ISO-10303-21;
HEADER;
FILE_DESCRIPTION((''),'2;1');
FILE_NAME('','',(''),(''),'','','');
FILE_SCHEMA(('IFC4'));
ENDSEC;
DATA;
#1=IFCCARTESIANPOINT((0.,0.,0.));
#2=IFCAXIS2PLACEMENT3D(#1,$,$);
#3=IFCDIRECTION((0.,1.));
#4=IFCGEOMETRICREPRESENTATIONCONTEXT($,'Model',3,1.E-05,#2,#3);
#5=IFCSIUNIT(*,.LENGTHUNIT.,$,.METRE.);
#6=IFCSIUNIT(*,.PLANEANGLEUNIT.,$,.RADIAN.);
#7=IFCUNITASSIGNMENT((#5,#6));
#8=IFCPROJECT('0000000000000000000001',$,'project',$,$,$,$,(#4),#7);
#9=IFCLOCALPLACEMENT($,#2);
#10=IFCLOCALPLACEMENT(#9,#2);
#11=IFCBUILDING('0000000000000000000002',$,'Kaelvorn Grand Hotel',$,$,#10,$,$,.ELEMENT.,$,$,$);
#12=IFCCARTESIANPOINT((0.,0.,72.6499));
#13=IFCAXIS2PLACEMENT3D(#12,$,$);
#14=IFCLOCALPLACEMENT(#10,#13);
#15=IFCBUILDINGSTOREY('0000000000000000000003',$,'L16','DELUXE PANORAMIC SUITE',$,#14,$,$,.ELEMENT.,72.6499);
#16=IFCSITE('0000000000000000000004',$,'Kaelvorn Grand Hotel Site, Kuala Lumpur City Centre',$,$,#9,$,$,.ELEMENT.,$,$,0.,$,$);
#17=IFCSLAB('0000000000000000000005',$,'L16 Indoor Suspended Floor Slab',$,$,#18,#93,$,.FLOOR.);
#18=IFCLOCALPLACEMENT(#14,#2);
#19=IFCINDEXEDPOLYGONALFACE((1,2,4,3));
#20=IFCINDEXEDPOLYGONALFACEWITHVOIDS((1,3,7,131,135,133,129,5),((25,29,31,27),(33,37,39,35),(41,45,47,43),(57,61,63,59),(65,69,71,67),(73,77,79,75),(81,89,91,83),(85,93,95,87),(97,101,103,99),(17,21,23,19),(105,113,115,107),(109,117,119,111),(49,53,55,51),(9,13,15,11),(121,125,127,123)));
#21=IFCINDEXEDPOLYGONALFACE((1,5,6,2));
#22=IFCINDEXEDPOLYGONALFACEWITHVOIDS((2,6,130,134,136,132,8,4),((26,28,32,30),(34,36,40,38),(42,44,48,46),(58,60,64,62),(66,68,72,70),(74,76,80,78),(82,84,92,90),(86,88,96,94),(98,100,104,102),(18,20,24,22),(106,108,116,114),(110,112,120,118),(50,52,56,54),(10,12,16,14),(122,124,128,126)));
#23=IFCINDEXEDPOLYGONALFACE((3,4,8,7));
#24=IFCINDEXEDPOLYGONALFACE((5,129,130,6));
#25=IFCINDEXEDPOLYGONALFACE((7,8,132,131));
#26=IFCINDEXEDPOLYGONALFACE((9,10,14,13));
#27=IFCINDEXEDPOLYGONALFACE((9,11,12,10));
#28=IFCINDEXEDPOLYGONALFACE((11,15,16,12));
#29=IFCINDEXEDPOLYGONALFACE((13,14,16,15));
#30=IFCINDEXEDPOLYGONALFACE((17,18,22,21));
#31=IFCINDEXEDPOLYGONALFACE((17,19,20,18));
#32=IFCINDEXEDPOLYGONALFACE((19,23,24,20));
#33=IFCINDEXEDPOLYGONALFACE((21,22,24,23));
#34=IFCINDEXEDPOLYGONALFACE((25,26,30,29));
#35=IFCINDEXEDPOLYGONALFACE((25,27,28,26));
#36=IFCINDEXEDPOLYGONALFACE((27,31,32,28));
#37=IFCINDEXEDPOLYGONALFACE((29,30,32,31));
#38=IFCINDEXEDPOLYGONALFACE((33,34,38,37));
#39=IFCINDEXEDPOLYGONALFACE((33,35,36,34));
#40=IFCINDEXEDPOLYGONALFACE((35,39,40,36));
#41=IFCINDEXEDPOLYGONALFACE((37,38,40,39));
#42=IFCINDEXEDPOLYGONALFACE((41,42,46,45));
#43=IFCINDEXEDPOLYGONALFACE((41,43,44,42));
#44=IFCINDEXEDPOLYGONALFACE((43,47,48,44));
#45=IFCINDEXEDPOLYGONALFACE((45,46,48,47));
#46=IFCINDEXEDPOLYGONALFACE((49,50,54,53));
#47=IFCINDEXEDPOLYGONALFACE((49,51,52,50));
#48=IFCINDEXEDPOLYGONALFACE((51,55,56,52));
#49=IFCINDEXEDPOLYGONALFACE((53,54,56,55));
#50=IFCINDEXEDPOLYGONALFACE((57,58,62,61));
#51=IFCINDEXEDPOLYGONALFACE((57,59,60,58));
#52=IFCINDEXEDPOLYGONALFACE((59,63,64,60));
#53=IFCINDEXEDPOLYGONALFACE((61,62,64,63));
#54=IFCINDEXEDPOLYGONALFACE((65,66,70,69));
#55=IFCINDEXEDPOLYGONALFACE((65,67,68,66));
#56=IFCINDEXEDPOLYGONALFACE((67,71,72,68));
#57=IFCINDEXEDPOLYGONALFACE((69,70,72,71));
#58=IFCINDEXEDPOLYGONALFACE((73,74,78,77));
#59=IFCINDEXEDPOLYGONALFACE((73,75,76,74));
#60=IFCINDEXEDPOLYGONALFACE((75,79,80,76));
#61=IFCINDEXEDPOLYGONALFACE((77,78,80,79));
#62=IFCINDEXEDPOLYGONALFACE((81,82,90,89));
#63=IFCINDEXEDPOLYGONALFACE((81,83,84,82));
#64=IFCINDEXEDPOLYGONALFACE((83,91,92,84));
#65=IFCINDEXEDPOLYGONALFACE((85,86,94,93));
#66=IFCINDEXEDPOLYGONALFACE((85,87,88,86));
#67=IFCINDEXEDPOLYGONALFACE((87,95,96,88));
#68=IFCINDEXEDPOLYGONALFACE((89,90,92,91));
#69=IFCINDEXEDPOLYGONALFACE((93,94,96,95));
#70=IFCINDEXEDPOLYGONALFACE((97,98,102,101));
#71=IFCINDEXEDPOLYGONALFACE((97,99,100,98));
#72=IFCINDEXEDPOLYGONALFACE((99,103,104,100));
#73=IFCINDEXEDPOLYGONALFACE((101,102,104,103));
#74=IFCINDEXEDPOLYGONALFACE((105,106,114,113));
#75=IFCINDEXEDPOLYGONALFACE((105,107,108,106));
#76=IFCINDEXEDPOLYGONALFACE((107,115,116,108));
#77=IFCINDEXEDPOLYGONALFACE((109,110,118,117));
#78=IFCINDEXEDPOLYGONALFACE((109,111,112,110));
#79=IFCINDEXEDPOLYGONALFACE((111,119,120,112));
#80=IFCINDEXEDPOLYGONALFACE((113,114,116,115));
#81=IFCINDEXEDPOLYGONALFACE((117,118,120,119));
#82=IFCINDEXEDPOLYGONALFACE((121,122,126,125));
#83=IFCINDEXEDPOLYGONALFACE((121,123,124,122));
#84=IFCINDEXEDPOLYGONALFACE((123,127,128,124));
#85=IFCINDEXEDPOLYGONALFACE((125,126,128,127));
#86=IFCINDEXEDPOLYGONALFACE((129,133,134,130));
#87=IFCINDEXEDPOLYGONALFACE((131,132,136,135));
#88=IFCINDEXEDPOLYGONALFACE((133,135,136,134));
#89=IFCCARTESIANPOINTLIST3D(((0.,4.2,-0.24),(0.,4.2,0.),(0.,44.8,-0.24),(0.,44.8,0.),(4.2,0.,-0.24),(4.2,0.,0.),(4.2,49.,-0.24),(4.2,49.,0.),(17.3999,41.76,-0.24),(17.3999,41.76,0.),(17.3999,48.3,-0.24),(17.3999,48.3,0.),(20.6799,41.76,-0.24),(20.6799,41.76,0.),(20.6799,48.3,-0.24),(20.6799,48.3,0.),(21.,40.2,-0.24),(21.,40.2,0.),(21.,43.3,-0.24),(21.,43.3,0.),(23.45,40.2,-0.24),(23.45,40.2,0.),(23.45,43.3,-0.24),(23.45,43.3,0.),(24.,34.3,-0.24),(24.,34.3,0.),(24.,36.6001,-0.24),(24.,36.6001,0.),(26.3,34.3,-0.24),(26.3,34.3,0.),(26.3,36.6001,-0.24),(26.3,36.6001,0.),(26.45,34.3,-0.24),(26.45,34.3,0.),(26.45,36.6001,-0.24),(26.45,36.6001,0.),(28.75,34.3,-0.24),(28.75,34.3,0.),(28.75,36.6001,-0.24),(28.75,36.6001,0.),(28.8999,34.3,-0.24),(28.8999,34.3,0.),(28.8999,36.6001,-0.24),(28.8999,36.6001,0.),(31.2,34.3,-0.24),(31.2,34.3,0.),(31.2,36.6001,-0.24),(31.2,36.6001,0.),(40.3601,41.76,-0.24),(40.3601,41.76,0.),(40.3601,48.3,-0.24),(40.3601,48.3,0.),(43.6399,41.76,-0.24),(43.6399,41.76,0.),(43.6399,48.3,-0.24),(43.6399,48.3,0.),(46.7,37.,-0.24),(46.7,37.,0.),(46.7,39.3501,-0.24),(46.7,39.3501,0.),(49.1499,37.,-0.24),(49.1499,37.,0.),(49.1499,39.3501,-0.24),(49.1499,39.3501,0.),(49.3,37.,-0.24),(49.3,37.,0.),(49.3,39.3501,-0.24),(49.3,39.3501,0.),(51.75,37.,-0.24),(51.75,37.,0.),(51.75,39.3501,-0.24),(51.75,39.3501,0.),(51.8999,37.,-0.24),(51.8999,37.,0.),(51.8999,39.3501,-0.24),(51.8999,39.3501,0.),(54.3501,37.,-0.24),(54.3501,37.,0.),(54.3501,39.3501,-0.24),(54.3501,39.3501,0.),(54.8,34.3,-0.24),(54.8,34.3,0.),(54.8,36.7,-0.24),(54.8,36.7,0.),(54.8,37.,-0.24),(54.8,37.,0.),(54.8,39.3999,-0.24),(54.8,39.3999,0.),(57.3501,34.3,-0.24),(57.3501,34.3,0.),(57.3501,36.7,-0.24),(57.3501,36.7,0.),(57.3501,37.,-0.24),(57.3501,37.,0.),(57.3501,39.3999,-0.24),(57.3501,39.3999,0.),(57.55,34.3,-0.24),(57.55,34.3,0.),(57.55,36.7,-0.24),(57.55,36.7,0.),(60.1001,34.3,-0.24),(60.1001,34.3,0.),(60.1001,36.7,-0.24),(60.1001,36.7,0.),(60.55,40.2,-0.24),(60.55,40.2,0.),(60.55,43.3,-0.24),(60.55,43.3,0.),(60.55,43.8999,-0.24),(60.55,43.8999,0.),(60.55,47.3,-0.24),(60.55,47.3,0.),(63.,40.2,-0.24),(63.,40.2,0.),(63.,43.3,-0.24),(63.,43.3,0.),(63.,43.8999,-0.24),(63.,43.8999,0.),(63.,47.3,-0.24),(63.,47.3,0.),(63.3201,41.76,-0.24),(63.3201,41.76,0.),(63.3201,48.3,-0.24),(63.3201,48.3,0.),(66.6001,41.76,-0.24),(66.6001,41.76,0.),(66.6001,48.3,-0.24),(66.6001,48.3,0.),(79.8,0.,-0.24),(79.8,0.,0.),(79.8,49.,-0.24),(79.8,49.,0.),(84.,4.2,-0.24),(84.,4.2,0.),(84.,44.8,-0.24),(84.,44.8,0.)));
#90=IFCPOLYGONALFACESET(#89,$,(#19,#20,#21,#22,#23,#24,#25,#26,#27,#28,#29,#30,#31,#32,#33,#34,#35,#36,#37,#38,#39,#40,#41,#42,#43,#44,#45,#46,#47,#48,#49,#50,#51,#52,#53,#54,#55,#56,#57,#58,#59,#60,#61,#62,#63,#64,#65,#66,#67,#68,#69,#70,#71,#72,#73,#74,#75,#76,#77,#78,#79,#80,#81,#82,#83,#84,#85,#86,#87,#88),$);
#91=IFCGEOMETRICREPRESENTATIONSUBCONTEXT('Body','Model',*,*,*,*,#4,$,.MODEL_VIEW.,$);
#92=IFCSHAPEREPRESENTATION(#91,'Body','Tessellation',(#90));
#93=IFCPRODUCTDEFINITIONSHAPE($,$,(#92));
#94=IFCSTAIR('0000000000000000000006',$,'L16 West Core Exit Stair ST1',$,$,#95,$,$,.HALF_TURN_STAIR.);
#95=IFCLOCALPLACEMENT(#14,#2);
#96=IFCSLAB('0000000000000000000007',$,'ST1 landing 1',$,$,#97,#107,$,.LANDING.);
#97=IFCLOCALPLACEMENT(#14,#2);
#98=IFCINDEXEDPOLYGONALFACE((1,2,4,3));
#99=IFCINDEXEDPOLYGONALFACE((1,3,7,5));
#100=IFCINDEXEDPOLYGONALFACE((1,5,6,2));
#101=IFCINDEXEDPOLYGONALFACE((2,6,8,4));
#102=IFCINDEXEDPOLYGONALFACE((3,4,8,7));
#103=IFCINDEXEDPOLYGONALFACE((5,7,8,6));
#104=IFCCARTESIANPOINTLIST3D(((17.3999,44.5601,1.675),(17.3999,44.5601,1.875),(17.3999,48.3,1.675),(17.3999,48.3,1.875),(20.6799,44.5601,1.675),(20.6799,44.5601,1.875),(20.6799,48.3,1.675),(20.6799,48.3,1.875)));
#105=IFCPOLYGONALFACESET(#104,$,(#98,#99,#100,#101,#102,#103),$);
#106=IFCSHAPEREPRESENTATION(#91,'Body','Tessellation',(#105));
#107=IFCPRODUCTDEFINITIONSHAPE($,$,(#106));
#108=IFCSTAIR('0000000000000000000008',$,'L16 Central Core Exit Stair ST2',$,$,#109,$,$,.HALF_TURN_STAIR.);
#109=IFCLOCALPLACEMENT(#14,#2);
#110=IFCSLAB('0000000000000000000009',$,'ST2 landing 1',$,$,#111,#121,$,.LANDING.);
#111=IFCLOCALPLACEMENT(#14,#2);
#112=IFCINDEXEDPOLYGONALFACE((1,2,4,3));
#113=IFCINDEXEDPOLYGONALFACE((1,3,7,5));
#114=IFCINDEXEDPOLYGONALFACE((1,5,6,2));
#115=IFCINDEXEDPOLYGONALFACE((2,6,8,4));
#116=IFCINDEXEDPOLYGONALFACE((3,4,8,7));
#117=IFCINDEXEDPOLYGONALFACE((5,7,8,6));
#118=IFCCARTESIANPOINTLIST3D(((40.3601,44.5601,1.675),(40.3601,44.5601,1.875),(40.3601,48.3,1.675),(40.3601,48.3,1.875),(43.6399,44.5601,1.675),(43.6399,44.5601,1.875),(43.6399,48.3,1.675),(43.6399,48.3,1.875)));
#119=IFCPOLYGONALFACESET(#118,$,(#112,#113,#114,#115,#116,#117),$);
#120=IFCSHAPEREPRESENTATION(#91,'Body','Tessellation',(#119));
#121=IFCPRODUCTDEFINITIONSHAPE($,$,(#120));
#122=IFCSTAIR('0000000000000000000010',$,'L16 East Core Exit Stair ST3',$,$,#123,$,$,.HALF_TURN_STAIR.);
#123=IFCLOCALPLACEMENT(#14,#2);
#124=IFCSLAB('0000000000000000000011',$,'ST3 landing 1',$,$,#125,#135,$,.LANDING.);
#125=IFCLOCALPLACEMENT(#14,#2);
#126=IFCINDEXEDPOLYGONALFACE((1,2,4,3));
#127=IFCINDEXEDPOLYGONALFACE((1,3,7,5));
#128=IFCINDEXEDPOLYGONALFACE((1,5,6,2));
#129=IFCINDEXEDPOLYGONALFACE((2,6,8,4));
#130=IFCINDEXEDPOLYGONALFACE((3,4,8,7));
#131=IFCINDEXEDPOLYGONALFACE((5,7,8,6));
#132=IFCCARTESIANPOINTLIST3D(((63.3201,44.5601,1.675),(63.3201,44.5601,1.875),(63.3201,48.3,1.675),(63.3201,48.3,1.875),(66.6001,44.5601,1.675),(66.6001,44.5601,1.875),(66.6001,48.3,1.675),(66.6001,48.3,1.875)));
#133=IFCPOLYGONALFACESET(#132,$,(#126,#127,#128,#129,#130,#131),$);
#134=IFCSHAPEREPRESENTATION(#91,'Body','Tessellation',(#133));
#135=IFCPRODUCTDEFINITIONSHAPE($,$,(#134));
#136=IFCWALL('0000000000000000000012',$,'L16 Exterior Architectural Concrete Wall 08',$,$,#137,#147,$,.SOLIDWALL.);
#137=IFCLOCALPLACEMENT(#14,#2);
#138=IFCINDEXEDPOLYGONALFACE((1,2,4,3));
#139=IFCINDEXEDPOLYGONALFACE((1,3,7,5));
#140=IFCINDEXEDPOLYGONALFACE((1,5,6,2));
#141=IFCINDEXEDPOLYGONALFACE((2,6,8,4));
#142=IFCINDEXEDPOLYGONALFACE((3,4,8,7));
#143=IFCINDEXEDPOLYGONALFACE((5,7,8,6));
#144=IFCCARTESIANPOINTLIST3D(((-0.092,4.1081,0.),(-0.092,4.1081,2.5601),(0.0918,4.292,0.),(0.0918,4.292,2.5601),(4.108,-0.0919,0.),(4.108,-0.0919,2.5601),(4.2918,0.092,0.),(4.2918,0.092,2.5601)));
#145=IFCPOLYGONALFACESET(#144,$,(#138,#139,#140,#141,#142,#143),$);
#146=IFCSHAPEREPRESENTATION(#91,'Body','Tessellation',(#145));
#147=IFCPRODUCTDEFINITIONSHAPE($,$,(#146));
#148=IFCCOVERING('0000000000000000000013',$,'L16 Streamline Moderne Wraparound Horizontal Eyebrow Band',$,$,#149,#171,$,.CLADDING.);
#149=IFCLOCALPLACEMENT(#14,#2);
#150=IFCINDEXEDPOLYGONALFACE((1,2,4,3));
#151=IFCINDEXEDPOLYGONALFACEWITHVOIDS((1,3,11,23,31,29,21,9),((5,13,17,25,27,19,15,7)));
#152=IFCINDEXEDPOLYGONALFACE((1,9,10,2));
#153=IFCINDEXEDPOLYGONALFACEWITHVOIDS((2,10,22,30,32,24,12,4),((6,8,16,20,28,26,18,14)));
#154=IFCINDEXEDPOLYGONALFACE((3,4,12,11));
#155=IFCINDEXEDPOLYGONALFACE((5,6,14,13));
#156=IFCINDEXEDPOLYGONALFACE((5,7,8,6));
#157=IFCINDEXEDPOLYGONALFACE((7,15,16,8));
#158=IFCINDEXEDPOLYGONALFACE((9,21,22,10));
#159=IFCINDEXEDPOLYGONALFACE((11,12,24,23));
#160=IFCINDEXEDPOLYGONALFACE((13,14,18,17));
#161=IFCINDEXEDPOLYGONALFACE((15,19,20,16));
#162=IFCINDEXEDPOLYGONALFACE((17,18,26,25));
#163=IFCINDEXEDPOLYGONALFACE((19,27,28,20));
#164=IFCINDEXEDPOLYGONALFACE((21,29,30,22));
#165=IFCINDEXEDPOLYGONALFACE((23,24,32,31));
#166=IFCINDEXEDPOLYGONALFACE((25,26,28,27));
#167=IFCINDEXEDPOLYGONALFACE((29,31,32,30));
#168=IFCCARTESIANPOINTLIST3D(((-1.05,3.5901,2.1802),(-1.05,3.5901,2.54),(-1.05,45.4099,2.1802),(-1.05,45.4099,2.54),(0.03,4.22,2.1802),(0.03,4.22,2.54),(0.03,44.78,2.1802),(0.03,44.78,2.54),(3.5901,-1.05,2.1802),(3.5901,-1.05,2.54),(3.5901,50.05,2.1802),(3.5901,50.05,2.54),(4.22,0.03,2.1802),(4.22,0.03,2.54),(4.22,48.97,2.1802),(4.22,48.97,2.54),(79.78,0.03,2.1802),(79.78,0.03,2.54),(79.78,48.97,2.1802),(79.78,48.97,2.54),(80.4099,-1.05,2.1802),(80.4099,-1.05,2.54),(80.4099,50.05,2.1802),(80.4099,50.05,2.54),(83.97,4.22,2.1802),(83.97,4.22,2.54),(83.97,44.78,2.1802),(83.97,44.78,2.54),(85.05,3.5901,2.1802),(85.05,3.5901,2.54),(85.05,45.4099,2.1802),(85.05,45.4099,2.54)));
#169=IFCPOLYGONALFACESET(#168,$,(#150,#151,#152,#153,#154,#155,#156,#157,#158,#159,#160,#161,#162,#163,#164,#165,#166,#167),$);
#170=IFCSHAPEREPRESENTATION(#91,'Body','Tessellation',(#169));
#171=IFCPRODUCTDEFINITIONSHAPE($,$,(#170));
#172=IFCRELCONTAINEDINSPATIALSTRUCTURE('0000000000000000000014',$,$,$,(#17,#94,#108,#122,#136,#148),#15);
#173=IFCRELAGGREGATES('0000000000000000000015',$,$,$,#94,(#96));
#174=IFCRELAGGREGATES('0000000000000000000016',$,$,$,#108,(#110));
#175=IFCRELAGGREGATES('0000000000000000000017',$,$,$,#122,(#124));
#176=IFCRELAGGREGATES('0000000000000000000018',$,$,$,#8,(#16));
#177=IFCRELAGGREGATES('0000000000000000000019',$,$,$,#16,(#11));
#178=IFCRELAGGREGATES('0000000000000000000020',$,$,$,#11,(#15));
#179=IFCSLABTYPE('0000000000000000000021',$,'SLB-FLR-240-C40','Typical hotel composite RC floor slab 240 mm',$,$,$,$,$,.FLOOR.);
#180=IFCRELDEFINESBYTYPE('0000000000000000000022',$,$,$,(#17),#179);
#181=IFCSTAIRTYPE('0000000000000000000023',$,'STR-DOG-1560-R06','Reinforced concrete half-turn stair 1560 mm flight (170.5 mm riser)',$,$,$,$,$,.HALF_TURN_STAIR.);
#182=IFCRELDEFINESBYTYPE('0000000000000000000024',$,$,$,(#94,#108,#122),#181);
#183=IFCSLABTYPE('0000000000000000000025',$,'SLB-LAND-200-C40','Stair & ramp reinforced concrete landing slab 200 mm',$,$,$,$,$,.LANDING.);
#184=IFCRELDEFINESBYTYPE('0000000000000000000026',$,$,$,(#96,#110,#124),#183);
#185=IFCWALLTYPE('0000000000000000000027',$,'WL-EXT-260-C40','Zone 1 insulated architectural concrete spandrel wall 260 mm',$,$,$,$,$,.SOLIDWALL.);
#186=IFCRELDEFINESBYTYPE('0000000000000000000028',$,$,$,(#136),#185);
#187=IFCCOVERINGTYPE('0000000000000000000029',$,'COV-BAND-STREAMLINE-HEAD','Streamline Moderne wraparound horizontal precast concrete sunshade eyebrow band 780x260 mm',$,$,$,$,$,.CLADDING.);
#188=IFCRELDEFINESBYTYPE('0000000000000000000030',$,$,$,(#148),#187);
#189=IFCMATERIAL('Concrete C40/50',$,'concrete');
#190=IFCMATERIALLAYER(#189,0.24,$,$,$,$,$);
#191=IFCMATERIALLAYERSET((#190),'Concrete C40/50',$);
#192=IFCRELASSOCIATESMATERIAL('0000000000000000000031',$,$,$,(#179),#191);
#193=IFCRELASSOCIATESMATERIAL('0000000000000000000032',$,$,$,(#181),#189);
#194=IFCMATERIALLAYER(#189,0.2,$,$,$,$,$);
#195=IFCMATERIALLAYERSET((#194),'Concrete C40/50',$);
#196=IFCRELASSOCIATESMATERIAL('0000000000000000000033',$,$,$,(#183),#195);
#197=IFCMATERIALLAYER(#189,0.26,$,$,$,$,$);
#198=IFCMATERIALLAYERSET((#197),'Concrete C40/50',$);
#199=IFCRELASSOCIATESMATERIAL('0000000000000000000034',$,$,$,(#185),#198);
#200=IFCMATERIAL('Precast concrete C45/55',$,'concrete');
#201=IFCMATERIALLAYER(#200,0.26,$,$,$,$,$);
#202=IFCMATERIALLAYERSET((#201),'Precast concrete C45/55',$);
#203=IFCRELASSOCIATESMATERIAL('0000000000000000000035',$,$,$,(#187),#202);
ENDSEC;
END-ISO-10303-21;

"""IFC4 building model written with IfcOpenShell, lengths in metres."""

from ifc_helpers import new_model, si_unit, direction, frame, frame_2d, origin, place, context, subcontext, project, spatial, polyline, rectangle, outline, extrude, material, layer, layer_set, type_object, element, aggregate, save


model = new_model("IFC4")

# Units and contexts
model_context = context("Model", 3, precision=1e-05, world=origin(), true_north=direction((0.0, 1.0)))
body_context = subcontext(model_context, "Body", "Model", "MODEL_VIEW")
ifc_project = project(units=[si_unit("LENGTHUNIT", "METRE"), si_unit("PLANEANGLEUNIT", "RADIAN")], contexts=[model_context])

# Site, building, storey
site_placement = place(None, origin())
site = spatial("IfcSite", under=ifc_project, at=site_placement, Name="Kaelvorn Grand Hotel Site, Kuala Lumpur City Centre", CompositionType="ELEMENT", RefElevation=0.0)
building_placement = place(site_placement, origin())
building = spatial("IfcBuilding", under=site, at=building_placement, Name="Kaelvorn Grand Hotel", CompositionType="ELEMENT")
storey_placement = place(building_placement, frame((0.0, 0.0, 72.6499)))
storey = spatial("IfcBuildingStorey", under=building, at=storey_placement, Name="L16", Description="DELUXE PANORAMIC SUITE", CompositionType="ELEMENT", Elevation=72.6499)

# Slab
ifc_material_1 = material(Name="Concrete C40/50", Category="concrete")
ifc_layer_1 = layer(ifc_material_1, 0.24)
ifc_layer_set_1 = layer_set([ifc_layer_1], Name="Concrete C40/50")
slab_type_1 = type_object("IfcSlabType", Name="SLB-FLR-240-C40", Description="Typical hotel composite RC floor slab 240 mm", PredefinedType="FLOOR", material=ifc_layer_set_1)
slab_1_placement = place(storey_placement, frame((0.0, 0.0, -0.24)))
element("IfcSlab", 1, at=slab_1_placement, inside=storey, type_object=slab_type_1, Name="L16 Indoor Suspended Floor Slab", PredefinedType="FLOOR", context=body_context, shape_type="SweptSolid", body=[
    extrude(outline(polyline([(4.2, 0.0), (79.8, 0.0), (84.0, 4.2), (84.0, 44.8), (79.8, 49.0), (4.2, 49.0), (0.0, 44.8), (0.0, 4.2), (4.2, 0.0)]), holes=[polyline([(17.3999, 41.76), (17.3999, 48.3), (20.6799, 48.3), (20.6799, 41.76), (17.3999, 41.76)]), polyline([(40.3601, 41.76), (40.3601, 48.3), (43.6399, 48.3), (43.6399, 41.76), (40.3601, 41.76)]), polyline([(63.3201, 41.76), (63.3201, 48.3), (66.6001, 48.3), (66.6001, 41.76), (63.3201, 41.76)]), polyline([(24.0, 34.3), (24.0, 36.6001), (26.3, 36.6001), (26.3, 34.3), (24.0, 34.3)]), polyline([(26.45, 34.3), (26.45, 36.6001), (28.75, 36.6001), (28.75, 34.3), (26.45, 34.3)]), polyline([(28.8999, 34.3), (28.8999, 36.6001), (31.2, 36.6001), (31.2, 34.3), (28.8999, 34.3)]), polyline([(46.7, 37.0), (46.7, 39.3501), (49.1499, 39.3501), (49.1499, 37.0), (46.7, 37.0)]), polyline([(49.3, 37.0), (49.3, 39.3501), (51.75, 39.3501), (51.75, 37.0), (49.3, 37.0)]), polyline([(51.8999, 37.0), (51.8999, 39.3501), (54.3501, 39.3501), (54.3501, 37.0), (51.8999, 37.0)]), polyline([(54.8, 34.3), (54.8, 36.7), (57.3501, 36.7), (57.3501, 34.3), (54.8, 34.3)]), polyline([(57.55, 34.3), (57.55, 36.7), (60.1001, 36.7), (60.1001, 34.3), (57.55, 34.3)]), polyline([(54.8, 37.0), (54.8, 39.3999), (57.3501, 39.3999), (57.3501, 37.0), (54.8, 37.0)]), polyline([(21.0, 40.2), (21.0, 43.3), (23.45, 43.3), (23.45, 40.2), (21.0, 40.2)]), polyline([(60.55, 40.2), (60.55, 43.3), (63.0, 43.3), (63.0, 40.2), (60.55, 40.2)]), polyline([(60.55, 43.8999), (60.55, 47.3), (63.0, 47.3), (63.0, 43.8999), (60.55, 43.8999)])]), origin(), (0.0, 0.0, 1.0), 0.24),
])

# Stairs, slabs
stair_type = type_object("IfcStairType", Name="STR-DOG-1560-R06", Description="Reinforced concrete half-turn stair 1560 mm flight (170.5 mm riser)", PredefinedType="HALF_TURN_STAIR", material=ifc_material_1)
stair_1_placement = place(storey_placement, origin())
stair_1 = element("IfcStair", 2, at=stair_1_placement, inside=storey, type_object=stair_type, Name="L16 West Core Exit Stair ST1", PredefinedType="HALF_TURN_STAIR")
ifc_layer_2 = layer(ifc_material_1, 0.2)
ifc_layer_set_2 = layer_set([ifc_layer_2], Name="Concrete C40/50")
slab_type_2 = type_object("IfcSlabType", Name="SLB-LAND-200-C40", Description="Stair & ramp reinforced concrete landing slab 200 mm", PredefinedType="LANDING", material=ifc_layer_set_2)
slab_2_placement = place(storey_placement, frame((0.0, 0.0, 1.675)))
slab_2 = element("IfcSlab", 3, at=slab_2_placement, type_object=slab_type_2, Name="ST1 landing 1", PredefinedType="LANDING", context=body_context, shape_type="SweptSolid", body=[
    extrude(outline(polyline([(20.6799, 44.5601), (20.6799, 48.3), (17.3999, 48.3), (17.3999, 44.5601), (20.6799, 44.5601)])), origin(), (0.0, 0.0, 1.0), 0.2),
])
aggregate(stair_1, [slab_2])
stair_2_placement = place(storey_placement, origin())
stair_2 = element("IfcStair", 4, at=stair_2_placement, inside=storey, type_object=stair_type, Name="L16 Central Core Exit Stair ST2", PredefinedType="HALF_TURN_STAIR")
slab_3_placement = place(storey_placement, frame((0.0, 0.0, 1.675)))
slab_3 = element("IfcSlab", 5, at=slab_3_placement, type_object=slab_type_2, Name="ST2 landing 1", PredefinedType="LANDING", context=body_context, shape_type="SweptSolid", body=[
    extrude(outline(polyline([(43.6399, 44.5601), (43.6399, 48.3), (40.3601, 48.3), (40.3601, 44.5601), (43.6399, 44.5601)])), origin(), (0.0, 0.0, 1.0), 0.2),
])
aggregate(stair_2, [slab_3])
stair_3_placement = place(storey_placement, origin())
stair_3 = element("IfcStair", 6, at=stair_3_placement, inside=storey, type_object=stair_type, Name="L16 East Core Exit Stair ST3", PredefinedType="HALF_TURN_STAIR")
slab_4_placement = place(storey_placement, frame((0.0, 0.0, 1.675)))
slab_4 = element("IfcSlab", 7, at=slab_4_placement, type_object=slab_type_2, Name="ST3 landing 1", PredefinedType="LANDING", context=body_context, shape_type="SweptSolid", body=[
    extrude(outline(polyline([(66.6001, 44.5601), (66.6001, 48.3), (63.3201, 48.3), (63.3201, 44.5601), (66.6001, 44.5601)])), origin(), (0.0, 0.0, 1.0), 0.2),
])
aggregate(stair_3, [slab_4])

# Wall
ifc_layer_3 = layer(ifc_material_1, 0.26)
ifc_layer_set_3 = layer_set([ifc_layer_3], Name="Concrete C40/50")
wall_type = type_object("IfcWallType", Name="WL-EXT-260-C40", Description="Zone 1 insulated architectural concrete spandrel wall 260 mm", PredefinedType="SOLIDWALL", material=ifc_layer_set_3)
wall_placement = place(storey_placement, frame((0.0, 4.2, 0.0), z_axis=(0.0, 0.0, 1.0), x_axis=(0.707107, -0.707107, 0.0)))
element("IfcWall", 8, at=wall_placement, inside=storey, type_object=wall_type, Name="L16 Exterior Architectural Concrete Wall 08", PredefinedType="SOLIDWALL", context=body_context, shape_type="SweptSolid", body=[
    extrude(rectangle(XDim=5.9397, YDim=0.26, at=frame_2d((2.9697, 0.0))), origin(), (0.0, 0.0, 1.0), 2.5601),
])

# Covering
ifc_material_2 = material(Name="Precast concrete C45/55", Category="concrete")
ifc_layer_4 = layer(ifc_material_2, 0.26)
ifc_layer_set_4 = layer_set([ifc_layer_4], Name="Precast concrete C45/55")
covering_type_1 = type_object("IfcCoveringType", Name="COV-BAND-STREAMLINE-HEAD", Description="Streamline Moderne wraparound horizontal precast concrete sunshade eyebrow band 780x260 mm", PredefinedType="CLADDING", material=ifc_layer_set_4)
covering_1_placement = place(storey_placement, frame((0.0, 0.0, 2.1802)))
element("IfcCovering", 9, at=covering_1_placement, inside=storey, type_object=covering_type_1, Name="L16 Streamline Moderne Wraparound Horizontal Eyebrow Band", PredefinedType="CLADDING", context=body_context, shape_type="SweptSolid", body=[
    extrude(outline(polyline([(3.5901, -1.05), (80.4099, -1.05), (85.05, 3.5901), (85.05, 45.4099), (80.4099, 50.05), (3.5901, 50.05), (-1.05, 45.4099), (-1.05, 3.5901), (3.5901, -1.05)]), holes=[polyline([(4.22, 0.03), (79.78, 0.03), (83.97, 4.22), (83.97, 44.78), (79.78, 48.97), (4.22, 48.97), (0.03, 44.78), (0.03, 4.22), (4.22, 0.03)])]), origin(), (0.0, 0.0, 1.0), 0.3599),
])

save(model, "model.ifc")
